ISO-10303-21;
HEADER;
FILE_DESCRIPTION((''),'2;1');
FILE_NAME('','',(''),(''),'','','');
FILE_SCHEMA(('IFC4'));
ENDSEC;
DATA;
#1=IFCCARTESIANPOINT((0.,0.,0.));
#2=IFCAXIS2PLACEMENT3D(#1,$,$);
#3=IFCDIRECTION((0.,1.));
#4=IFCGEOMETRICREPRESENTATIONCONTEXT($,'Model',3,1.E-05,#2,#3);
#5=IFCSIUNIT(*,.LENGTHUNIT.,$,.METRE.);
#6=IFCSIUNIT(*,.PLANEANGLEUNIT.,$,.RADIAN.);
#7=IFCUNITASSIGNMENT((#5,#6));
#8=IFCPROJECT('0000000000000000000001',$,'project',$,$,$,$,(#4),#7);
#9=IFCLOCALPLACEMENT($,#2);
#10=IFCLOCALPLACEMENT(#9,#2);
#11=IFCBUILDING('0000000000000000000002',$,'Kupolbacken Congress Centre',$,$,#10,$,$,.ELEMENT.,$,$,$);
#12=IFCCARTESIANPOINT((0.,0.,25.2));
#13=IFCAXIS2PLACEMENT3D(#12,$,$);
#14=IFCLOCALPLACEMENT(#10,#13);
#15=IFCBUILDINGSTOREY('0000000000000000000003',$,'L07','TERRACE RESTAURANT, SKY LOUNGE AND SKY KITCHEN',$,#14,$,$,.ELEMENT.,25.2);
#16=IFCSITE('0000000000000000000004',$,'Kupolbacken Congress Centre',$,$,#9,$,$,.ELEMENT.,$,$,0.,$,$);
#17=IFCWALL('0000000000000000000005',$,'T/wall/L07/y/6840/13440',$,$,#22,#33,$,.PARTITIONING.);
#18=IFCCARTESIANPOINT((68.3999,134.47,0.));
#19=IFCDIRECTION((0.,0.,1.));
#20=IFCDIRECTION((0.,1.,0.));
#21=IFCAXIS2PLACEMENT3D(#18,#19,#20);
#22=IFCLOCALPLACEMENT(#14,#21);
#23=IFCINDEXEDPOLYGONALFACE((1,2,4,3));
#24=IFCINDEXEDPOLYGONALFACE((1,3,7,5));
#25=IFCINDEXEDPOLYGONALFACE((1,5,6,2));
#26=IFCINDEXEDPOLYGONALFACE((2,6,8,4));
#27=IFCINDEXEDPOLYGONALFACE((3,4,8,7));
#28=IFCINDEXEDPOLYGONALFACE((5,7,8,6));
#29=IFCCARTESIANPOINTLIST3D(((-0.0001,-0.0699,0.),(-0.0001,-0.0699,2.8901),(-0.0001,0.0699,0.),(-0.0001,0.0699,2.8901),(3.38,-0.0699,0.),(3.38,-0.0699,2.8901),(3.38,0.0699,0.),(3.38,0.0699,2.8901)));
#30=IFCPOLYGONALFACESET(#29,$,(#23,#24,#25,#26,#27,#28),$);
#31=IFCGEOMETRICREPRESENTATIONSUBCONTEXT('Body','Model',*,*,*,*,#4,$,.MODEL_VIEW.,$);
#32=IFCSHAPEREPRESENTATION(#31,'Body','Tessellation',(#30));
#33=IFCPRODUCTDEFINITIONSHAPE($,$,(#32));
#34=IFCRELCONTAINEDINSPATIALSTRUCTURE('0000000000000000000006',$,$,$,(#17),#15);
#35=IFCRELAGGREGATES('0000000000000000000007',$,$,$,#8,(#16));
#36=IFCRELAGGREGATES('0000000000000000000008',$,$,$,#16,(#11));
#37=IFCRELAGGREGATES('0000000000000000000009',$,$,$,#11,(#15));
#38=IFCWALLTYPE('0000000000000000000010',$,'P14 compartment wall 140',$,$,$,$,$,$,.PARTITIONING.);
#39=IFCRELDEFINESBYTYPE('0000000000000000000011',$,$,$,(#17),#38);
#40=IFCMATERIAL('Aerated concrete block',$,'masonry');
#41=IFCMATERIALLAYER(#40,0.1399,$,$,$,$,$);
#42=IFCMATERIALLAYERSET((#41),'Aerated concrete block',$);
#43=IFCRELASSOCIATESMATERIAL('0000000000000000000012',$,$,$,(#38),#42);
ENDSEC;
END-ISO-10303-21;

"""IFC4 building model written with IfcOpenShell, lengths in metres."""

from ifc_helpers import new_model, si_unit, direction, frame, frame_2d, origin, place, context, subcontext, project, spatial, rectangle, extrude, material, layer, layer_set, type_object, element, save


model = new_model("IFC4")

# Units and contexts
model_context = context("Model", 3, precision=1e-05, world=origin(), true_north=direction((0.0, 1.0)))
body_context = subcontext(model_context, "Body", "Model", "MODEL_VIEW")
ifc_project = project(units=[si_unit("LENGTHUNIT", "METRE"), si_unit("PLANEANGLEUNIT", "RADIAN")], contexts=[model_context])

# Site, building, storey
site_placement = place(None, origin())
site = spatial("IfcSite", under=ifc_project, at=site_placement, Name="Kupolbacken Congress Centre", CompositionType="ELEMENT", RefElevation=0.0)
building_placement = place(site_placement, origin())
building = spatial("IfcBuilding", under=site, at=building_placement, Name="Kupolbacken Congress Centre", CompositionType="ELEMENT")
storey_placement = place(building_placement, frame((0.0, 0.0, 25.2)))
storey = spatial("IfcBuildingStorey", under=building, at=storey_placement, Name="L07", Description="TERRACE RESTAURANT, SKY LOUNGE AND SKY KITCHEN", CompositionType="ELEMENT", Elevation=25.2)

# Shared definitions
ifc_material_1 = material(Name="Aerated concrete block", Category="masonry")
ifc_layer_1 = layer(ifc_material_1, 0.1399)
ifc_layer_set_1 = layer_set([ifc_layer_1], Name="Aerated concrete block")
wall_type_1 = type_object("IfcWallType", Name="P14 compartment wall 140", PredefinedType="PARTITIONING", material=ifc_layer_set_1)

# Wall
wall_1_placement = place(storey_placement, frame((68.3999, 134.47, 0.0), z_axis=(0.0, 0.0, 1.0), x_axis=(0.0, 1.0, 0.0)))
element("IfcWall", 1, at=wall_1_placement, inside=storey, type_object=wall_type_1, Name="T/wall/L07/y/6840/13440", PredefinedType="PARTITIONING", context=body_context, shape_type="SweptSolid", body=[
    extrude(rectangle(XDim=3.3801, YDim=0.1399, at=frame_2d((1.6899, 0.0))), origin(), (0.0, 0.0, 1.0), 2.8901),
])

save(model, "model.ifc")
